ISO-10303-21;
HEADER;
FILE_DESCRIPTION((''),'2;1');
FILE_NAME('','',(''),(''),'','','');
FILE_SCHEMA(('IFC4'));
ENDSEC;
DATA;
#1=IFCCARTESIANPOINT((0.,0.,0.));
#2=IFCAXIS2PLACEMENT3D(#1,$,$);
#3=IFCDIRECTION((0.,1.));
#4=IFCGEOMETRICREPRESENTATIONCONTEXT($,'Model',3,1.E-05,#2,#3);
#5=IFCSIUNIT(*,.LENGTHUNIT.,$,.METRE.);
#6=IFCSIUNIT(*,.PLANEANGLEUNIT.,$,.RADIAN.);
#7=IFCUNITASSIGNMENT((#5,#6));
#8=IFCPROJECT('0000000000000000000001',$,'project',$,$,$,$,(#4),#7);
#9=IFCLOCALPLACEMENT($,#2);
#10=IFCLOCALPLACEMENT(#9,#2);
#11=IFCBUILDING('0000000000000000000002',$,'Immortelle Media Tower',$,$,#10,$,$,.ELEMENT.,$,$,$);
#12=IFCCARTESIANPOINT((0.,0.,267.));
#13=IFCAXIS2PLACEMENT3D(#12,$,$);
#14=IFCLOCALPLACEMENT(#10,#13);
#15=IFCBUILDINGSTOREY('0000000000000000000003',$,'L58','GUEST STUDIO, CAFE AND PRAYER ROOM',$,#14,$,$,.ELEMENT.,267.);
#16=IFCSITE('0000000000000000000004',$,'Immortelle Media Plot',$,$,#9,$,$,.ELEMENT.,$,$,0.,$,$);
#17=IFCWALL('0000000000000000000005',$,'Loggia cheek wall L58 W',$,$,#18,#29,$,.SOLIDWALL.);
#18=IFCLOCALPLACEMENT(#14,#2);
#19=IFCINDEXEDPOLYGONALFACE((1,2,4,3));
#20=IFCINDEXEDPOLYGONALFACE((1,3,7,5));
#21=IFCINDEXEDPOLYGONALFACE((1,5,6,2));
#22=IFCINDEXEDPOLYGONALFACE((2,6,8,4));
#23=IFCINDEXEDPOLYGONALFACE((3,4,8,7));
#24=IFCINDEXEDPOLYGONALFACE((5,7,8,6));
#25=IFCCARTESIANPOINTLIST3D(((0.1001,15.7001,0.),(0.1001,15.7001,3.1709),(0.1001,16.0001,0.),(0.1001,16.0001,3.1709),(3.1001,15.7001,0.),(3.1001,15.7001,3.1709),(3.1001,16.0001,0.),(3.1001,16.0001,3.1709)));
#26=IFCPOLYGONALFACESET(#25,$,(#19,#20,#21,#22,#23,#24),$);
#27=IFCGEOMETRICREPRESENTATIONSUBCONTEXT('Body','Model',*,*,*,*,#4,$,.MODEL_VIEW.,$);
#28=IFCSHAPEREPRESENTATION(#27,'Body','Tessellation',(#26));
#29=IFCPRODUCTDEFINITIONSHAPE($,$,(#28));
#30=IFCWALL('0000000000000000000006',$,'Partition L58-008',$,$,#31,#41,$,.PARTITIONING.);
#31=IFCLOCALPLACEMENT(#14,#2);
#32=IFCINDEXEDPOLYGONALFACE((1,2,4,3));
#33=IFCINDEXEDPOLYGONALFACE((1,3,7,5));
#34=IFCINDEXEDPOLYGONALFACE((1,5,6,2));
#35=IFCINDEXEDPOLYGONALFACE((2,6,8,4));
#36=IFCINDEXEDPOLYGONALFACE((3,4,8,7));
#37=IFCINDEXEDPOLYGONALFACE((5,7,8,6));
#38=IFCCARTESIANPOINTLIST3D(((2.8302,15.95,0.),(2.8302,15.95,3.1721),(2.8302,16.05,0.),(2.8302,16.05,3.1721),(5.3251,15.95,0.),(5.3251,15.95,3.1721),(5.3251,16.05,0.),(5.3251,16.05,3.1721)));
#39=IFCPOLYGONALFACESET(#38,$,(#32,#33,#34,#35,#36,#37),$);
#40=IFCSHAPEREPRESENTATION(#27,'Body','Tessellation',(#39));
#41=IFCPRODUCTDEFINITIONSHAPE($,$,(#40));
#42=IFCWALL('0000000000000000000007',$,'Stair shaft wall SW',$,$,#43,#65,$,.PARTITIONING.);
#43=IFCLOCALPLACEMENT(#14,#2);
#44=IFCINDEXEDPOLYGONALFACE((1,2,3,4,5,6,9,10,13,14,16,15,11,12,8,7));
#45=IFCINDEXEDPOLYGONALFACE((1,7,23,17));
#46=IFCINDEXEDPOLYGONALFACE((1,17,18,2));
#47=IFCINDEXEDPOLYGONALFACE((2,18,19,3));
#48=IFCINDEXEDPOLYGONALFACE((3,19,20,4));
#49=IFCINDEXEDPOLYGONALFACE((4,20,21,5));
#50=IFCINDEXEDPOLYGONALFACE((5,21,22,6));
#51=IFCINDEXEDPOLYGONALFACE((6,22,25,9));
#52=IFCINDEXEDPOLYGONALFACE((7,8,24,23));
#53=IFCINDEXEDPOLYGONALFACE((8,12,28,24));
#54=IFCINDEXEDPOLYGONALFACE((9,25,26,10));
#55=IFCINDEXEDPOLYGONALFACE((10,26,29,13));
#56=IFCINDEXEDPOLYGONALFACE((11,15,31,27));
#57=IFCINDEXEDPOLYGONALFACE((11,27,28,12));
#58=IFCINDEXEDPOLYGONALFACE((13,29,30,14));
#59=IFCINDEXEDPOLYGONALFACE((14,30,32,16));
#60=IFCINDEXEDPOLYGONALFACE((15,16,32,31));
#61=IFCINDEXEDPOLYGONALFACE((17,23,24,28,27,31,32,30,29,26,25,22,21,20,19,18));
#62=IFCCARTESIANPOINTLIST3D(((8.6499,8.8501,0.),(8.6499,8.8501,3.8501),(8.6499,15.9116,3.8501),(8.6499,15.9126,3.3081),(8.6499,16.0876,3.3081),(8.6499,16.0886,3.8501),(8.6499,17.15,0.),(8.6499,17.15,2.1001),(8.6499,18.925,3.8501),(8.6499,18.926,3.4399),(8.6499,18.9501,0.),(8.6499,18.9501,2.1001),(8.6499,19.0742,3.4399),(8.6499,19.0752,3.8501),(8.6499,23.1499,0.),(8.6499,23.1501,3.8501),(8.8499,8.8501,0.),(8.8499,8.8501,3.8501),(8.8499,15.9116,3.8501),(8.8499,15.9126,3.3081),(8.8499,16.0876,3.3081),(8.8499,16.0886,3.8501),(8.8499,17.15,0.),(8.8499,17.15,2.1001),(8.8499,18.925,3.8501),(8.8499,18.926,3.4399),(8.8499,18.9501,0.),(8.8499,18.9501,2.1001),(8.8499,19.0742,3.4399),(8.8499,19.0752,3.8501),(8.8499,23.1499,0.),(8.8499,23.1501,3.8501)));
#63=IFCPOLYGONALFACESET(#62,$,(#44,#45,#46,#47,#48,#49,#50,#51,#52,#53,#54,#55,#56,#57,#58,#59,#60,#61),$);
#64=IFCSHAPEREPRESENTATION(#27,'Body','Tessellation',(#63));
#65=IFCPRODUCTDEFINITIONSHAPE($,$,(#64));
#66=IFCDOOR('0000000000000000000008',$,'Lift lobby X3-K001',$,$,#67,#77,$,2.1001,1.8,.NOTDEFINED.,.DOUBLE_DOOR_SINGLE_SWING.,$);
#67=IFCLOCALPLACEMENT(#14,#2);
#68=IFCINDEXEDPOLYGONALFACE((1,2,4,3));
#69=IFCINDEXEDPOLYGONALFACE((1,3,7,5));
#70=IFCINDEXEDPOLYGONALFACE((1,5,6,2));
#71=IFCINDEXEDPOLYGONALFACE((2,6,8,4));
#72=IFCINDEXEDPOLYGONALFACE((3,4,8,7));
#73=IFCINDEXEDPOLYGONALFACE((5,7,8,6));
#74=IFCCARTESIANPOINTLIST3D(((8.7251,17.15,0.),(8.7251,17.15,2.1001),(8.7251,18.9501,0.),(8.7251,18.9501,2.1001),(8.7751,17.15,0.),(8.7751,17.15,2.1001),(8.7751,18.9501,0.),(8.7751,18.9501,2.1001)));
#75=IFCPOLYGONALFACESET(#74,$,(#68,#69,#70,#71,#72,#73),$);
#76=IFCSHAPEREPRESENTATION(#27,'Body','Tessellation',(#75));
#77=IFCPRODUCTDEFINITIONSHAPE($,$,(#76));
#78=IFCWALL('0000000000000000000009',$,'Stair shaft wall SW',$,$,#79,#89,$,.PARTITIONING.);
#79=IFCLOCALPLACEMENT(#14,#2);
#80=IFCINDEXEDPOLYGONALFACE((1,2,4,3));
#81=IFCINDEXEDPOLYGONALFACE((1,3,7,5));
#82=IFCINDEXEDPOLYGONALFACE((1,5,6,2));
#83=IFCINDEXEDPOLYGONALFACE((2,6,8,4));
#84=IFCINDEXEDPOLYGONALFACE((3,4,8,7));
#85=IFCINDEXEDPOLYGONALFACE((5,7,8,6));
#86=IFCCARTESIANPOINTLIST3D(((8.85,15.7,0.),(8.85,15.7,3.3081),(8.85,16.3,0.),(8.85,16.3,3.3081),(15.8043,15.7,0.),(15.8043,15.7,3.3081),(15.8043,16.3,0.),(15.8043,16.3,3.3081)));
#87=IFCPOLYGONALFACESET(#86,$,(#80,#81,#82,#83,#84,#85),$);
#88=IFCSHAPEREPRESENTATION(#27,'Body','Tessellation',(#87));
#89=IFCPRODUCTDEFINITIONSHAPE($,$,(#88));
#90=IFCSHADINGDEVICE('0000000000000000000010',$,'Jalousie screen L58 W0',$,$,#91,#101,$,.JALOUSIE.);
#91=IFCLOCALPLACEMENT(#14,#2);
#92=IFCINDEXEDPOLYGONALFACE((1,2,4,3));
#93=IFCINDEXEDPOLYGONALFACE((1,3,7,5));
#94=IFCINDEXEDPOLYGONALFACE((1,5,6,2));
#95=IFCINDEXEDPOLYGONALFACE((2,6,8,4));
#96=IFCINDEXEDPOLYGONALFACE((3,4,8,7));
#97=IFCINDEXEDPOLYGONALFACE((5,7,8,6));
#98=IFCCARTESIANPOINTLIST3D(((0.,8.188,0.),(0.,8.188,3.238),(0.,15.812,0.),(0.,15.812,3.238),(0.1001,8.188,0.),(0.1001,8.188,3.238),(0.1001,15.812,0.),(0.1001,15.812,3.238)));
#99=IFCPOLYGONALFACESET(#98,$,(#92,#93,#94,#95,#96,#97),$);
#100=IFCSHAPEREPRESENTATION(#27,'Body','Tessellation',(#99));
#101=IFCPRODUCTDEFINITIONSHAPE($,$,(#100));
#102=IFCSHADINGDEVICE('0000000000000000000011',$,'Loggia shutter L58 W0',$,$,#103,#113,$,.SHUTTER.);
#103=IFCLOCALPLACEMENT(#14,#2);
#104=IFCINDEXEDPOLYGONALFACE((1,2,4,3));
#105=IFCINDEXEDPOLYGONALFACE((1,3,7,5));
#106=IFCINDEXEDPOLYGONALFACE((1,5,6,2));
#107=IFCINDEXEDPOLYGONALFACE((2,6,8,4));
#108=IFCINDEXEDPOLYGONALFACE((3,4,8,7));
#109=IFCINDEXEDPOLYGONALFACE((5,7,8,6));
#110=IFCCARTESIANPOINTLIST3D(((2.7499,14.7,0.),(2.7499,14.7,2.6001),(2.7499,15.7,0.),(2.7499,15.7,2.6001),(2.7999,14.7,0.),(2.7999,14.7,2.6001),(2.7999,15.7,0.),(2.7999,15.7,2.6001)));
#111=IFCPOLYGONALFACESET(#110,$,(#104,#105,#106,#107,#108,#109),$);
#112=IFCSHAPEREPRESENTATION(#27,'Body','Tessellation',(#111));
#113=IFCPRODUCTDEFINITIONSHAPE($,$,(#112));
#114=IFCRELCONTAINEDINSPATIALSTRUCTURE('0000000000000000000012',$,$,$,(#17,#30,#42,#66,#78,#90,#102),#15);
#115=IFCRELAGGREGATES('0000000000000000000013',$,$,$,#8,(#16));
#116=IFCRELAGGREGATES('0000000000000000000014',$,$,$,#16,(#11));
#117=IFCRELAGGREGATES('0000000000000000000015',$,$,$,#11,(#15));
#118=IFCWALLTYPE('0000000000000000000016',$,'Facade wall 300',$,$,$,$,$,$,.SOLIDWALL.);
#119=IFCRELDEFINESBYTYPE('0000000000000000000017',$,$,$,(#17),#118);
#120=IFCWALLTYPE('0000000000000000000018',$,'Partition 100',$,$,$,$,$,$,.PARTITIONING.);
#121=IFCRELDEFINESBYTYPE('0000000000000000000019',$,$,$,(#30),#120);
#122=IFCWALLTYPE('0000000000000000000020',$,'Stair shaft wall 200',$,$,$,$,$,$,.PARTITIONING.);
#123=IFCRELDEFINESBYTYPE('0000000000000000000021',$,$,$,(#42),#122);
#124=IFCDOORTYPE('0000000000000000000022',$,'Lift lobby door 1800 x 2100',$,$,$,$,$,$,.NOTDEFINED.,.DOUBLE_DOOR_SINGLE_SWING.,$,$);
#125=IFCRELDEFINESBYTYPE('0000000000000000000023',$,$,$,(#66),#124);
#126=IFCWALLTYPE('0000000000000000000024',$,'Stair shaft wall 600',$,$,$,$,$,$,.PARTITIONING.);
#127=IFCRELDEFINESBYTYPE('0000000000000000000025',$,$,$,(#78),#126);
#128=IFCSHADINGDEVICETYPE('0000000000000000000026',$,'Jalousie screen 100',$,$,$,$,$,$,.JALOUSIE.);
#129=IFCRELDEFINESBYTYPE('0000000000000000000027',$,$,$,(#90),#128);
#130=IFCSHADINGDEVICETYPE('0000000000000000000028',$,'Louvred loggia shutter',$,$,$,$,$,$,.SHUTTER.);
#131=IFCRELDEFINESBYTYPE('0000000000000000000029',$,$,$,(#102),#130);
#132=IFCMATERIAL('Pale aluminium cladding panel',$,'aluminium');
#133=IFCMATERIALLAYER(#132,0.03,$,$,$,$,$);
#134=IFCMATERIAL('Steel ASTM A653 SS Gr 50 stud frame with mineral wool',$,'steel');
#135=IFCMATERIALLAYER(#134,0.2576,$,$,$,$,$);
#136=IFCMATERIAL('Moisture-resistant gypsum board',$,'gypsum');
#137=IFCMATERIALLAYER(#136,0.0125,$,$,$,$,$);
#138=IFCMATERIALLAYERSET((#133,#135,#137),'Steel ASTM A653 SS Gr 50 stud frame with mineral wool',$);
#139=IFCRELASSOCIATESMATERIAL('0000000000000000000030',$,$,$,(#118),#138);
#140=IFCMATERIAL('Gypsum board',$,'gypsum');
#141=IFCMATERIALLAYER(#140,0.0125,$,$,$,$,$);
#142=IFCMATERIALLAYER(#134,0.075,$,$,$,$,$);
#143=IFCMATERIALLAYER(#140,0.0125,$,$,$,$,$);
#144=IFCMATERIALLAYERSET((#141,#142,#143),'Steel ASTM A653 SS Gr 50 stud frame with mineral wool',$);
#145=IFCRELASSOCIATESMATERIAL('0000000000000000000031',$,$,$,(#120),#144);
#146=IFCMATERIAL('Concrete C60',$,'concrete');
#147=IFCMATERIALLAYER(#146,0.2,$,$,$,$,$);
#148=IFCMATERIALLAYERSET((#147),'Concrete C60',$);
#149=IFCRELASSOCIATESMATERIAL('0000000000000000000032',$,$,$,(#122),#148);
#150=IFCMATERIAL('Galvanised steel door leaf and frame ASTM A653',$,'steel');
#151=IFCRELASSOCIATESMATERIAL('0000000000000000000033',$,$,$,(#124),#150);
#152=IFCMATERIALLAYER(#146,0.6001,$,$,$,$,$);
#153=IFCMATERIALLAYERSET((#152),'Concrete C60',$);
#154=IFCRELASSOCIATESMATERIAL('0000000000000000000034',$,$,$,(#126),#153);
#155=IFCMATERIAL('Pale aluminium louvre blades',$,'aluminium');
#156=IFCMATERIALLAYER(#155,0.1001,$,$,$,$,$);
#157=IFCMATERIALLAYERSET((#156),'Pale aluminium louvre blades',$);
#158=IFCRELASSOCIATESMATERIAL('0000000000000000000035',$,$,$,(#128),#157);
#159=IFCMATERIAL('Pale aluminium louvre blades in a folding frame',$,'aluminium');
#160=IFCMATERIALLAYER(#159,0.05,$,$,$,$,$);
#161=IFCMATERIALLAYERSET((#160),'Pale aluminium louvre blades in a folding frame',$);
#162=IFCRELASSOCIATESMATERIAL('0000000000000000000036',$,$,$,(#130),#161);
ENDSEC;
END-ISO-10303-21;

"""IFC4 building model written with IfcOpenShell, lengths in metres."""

from ifc_helpers import new_model, si_unit, direction, frame, frame_2d, origin, origin_2d, place, context, subcontext, project, spatial, polyline, rectangle, outline, extrude, material, layer, layer_set, type_object, element, fill, save


model = new_model("IFC4")

# Units and contexts
model_context = context("Model", 3, precision=1e-05, world=origin(), true_north=direction((0.0, 1.0)))
body_context = subcontext(model_context, "Body", "Model", "MODEL_VIEW")
ifc_project = project(units=[si_unit("LENGTHUNIT", "METRE"), si_unit("PLANEANGLEUNIT", "RADIAN")], contexts=[model_context])

# Site, building, storey
site_placement = place(None, origin())
site = spatial("IfcSite", under=ifc_project, at=site_placement, Name="Immortelle Media Plot", CompositionType="ELEMENT", RefElevation=0.0)
building_placement = place(site_placement, origin())
building = spatial("IfcBuilding", under=site, at=building_placement, Name="Immortelle Media Tower", CompositionType="ELEMENT")
storey_placement = place(building_placement, frame((0.0, 0.0, 267.0)))
storey = spatial("IfcBuildingStorey", under=building, at=storey_placement, Name="L58", Description="GUEST STUDIO, CAFE AND PRAYER ROOM", CompositionType="ELEMENT", Elevation=267.0)

# Shared definitions
ifc_material_1 = material(Name="Pale aluminium cladding panel", Category="aluminium")
ifc_layer_1 = layer(ifc_material_1, 0.03)
ifc_material_2 = material(Name="Steel ASTM A653 SS Gr 50 stud frame with mineral wool", Category="steel")
ifc_layer_2 = layer(ifc_material_2, 0.2576)
ifc_material_3 = material(Name="Moisture-resistant gypsum board", Category="gypsum")
ifc_layer_3 = layer(ifc_material_3, 0.0125)
ifc_layer_set_1 = layer_set([ifc_layer_1, ifc_layer_2, ifc_layer_3], Name="Steel ASTM A653 SS Gr 50 stud frame with mineral wool")
wall_type_1 = type_object("IfcWallType", Name="Facade wall 300", PredefinedType="SOLIDWALL", material=ifc_layer_set_1)

# Walls
wall_1_placement = place(storey_placement, frame((0.1001, 15.8501, 0.0), z_axis=(0.0, 0.0, 1.0), x_axis=(1.0, 0.0, 0.0)))
element("IfcWall", 1, at=wall_1_placement, inside=storey, type_object=wall_type_1, Name="Loggia cheek wall L58 W", PredefinedType="SOLIDWALL", context=body_context, shape_type="SweptSolid", body=[
    extrude(rectangle(XDim=3.0, YDim=0.3, at=frame_2d((1.5, 0.0))), origin(), (0.0, 0.0, 1.0), 3.1709),
])
ifc_material_4 = material(Name="Gypsum board", Category="gypsum")
ifc_layer_4 = layer(ifc_material_4, 0.0125)
ifc_layer_5 = layer(ifc_material_2, 0.075)
ifc_layer_6 = layer(ifc_material_4, 0.0125)
ifc_layer_set_2 = layer_set([ifc_layer_4, ifc_layer_5, ifc_layer_6], Name="Steel ASTM A653 SS Gr 50 stud frame with mineral wool")
wall_type_2 = type_object("IfcWallType", Name="Partition 100", PredefinedType="PARTITIONING", material=ifc_layer_set_2)
wall_2_placement = place(storey_placement, frame((2.8301, 16.0, 0.0), z_axis=(0.0, 0.0, 1.0), x_axis=(1.0, 0.0, 0.0)))
element("IfcWall", 2, at=wall_2_placement, inside=storey, type_object=wall_type_2, Name="Partition L58-008", PredefinedType="PARTITIONING", context=body_context, shape_type="SweptSolid", body=[
    extrude(rectangle(XDim=2.4949, YDim=0.1001, at=frame_2d((1.2476, 0.0))), origin(), (0.0, 0.0, 1.0), 3.1721),
])

# Wall, opening, door
ifc_material_5 = material(Name="Concrete C60", Category="concrete")
ifc_layer_7 = layer(ifc_material_5, 0.2)
ifc_layer_set_3 = layer_set([ifc_layer_7], Name="Concrete C60")
wall_type_3 = type_object("IfcWallType", Name="Stair shaft wall 200", PredefinedType="PARTITIONING", material=ifc_layer_set_3)
wall_3_placement = place(storey_placement, frame((8.75, 8.8501, 0.0), z_axis=(0.0, 0.0, 1.0), x_axis=(0.0, 1.0, 0.0)))
wall_3 = element("IfcWall", 3, at=wall_3_placement, inside=storey, type_object=wall_type_3, Name="Stair shaft wall SW", PredefinedType="PARTITIONING", context=body_context, shape_type="SweptSolid", body=[
    extrude(outline(polyline([(0.0, 0.0), (14.2998, 0.0), (14.3, 3.8501), (10.2251, 3.8501), (10.2241, 3.4399), (10.0759, 3.4399), (10.075, 3.8501), (7.2385, 3.8501), (7.2375, 3.3081), (7.0625, 3.3081), (7.0615, 3.8501), (0.0, 3.8501), (0.0, 0.0)])), frame((0.0, 0.1001, 0.0), z_axis=(0.0, -1.0, 0.0), x_axis=(1.0, 0.0, 0.0)), (0.0, 0.0, 1.0), 0.2),
])
opening_1_placement = place(wall_3_placement, frame((8.3, 0.0, 0.0)))
opening_1 = element("IfcOpeningElement", 4, at=opening_1_placement, cuts=wall_3, PredefinedType="OPENING", context=body_context, shape_type="SweptSolid", body=[
    extrude(rectangle(XDim=1.8, YDim=2.1001, at=frame_2d((0.8999, 1.05))), frame((0.0, 0.1099, 0.0), z_axis=(0.0, -1.0, 0.0), x_axis=(1.0, 0.0, 0.0)), (0.0, 0.0, 1.0), 0.22),
])
ifc_material_6 = material(Name="Galvanised steel door leaf and frame ASTM A653", Category="steel")
door_type_1 = type_object("IfcDoorType", Name="Lift lobby door 1800 x 2100", OperationType="DOUBLE_DOOR_SINGLE_SWING", PredefinedType="NOTDEFINED", material=ifc_material_6)
door_1_placement = place(opening_1_placement, origin())
door_1 = element("IfcDoor", 5, at=door_1_placement, inside=storey, type_object=door_type_1, Name="Lift lobby X3-K001", OperationType="DOUBLE_DOOR_SINGLE_SWING", OverallHeight=2.1001, OverallWidth=1.8, PredefinedType="NOTDEFINED", context=body_context, shape_type="SweptSolid", body=[
    extrude(rectangle(XDim=1.8, YDim=2.1001, at=frame_2d((0.8999, 1.05))), frame((0.0, 0.0249, 0.0), z_axis=(0.0, -1.0, 0.0), x_axis=(1.0, 0.0, 0.0)), (0.0, 0.0, 1.0), 0.05),
])
fill(opening_1, door_1)

# Wall
ifc_layer_8 = layer(ifc_material_5, 0.6001)
ifc_layer_set_4 = layer_set([ifc_layer_8], Name="Concrete C60")
wall_type_4 = type_object("IfcWallType", Name="Stair shaft wall 600", PredefinedType="PARTITIONING", material=ifc_layer_set_4)
wall_4_placement = place(storey_placement, frame((8.8501, 16.0, 0.0), z_axis=(0.0, 0.0, 1.0), x_axis=(1.0, 0.0, 0.0)))
element("IfcWall", 6, at=wall_4_placement, inside=storey, type_object=wall_type_4, Name="Stair shaft wall SW", PredefinedType="PARTITIONING", context=body_context, shape_type="SweptSolid", body=[
    extrude(rectangle(XDim=6.9543, YDim=0.6001, at=frame_2d((3.4771, 0.0))), origin(), (0.0, 0.0, 1.0), 3.3081),
])

# Shading devices
ifc_material_7 = material(Name="Pale aluminium louvre blades", Category="aluminium")
ifc_layer_9 = layer(ifc_material_7, 0.1001)
ifc_layer_set_5 = layer_set([ifc_layer_9], Name="Pale aluminium louvre blades")
shading_device_type_1 = type_object("IfcShadingDeviceType", Name="Jalousie screen 100", PredefinedType="JALOUSIE", material=ifc_layer_set_5)
shading_device_1_placement = place(storey_placement, frame((0.05, 12.0, 0.0), z_axis=(0.0, 0.0, 1.0), x_axis=(0.0, -1.0, 0.0)))
element("IfcShadingDevice", 7, at=shading_device_1_placement, inside=storey, type_object=shading_device_type_1, Name="Jalousie screen L58 W0", PredefinedType="JALOUSIE", context=body_context, shape_type="SweptSolid", body=[
    extrude(rectangle(XDim=7.624, YDim=0.1001, at=origin_2d()), origin(), (0.0, 0.0, 1.0), 3.238),
])
ifc_material_8 = material(Name="Pale aluminium louvre blades in a folding frame", Category="aluminium")
ifc_layer_10 = layer(ifc_material_8, 0.05)
ifc_layer_set_6 = layer_set([ifc_layer_10], Name="Pale aluminium louvre blades in a folding frame")
shading_device_type_2 = type_object("IfcShadingDeviceType", Name="Louvred loggia shutter", PredefinedType="SHUTTER", material=ifc_layer_set_6)
shading_device_2_placement = place(storey_placement, frame((2.7749, 15.2, 0.0), z_axis=(0.0, 0.0, 1.0), x_axis=(0.0, -1.0, 0.0)))
element("IfcShadingDevice", 8, at=shading_device_2_placement, inside=storey, type_object=shading_device_type_2, Name="Loggia shutter L58 W0", PredefinedType="SHUTTER", context=body_context, shape_type="SweptSolid", body=[
    extrude(rectangle(XDim=1.0, YDim=0.05, at=origin_2d()), origin(), (0.0, 0.0, 1.0), 2.6001),
])

save(model, "model.ifc")
